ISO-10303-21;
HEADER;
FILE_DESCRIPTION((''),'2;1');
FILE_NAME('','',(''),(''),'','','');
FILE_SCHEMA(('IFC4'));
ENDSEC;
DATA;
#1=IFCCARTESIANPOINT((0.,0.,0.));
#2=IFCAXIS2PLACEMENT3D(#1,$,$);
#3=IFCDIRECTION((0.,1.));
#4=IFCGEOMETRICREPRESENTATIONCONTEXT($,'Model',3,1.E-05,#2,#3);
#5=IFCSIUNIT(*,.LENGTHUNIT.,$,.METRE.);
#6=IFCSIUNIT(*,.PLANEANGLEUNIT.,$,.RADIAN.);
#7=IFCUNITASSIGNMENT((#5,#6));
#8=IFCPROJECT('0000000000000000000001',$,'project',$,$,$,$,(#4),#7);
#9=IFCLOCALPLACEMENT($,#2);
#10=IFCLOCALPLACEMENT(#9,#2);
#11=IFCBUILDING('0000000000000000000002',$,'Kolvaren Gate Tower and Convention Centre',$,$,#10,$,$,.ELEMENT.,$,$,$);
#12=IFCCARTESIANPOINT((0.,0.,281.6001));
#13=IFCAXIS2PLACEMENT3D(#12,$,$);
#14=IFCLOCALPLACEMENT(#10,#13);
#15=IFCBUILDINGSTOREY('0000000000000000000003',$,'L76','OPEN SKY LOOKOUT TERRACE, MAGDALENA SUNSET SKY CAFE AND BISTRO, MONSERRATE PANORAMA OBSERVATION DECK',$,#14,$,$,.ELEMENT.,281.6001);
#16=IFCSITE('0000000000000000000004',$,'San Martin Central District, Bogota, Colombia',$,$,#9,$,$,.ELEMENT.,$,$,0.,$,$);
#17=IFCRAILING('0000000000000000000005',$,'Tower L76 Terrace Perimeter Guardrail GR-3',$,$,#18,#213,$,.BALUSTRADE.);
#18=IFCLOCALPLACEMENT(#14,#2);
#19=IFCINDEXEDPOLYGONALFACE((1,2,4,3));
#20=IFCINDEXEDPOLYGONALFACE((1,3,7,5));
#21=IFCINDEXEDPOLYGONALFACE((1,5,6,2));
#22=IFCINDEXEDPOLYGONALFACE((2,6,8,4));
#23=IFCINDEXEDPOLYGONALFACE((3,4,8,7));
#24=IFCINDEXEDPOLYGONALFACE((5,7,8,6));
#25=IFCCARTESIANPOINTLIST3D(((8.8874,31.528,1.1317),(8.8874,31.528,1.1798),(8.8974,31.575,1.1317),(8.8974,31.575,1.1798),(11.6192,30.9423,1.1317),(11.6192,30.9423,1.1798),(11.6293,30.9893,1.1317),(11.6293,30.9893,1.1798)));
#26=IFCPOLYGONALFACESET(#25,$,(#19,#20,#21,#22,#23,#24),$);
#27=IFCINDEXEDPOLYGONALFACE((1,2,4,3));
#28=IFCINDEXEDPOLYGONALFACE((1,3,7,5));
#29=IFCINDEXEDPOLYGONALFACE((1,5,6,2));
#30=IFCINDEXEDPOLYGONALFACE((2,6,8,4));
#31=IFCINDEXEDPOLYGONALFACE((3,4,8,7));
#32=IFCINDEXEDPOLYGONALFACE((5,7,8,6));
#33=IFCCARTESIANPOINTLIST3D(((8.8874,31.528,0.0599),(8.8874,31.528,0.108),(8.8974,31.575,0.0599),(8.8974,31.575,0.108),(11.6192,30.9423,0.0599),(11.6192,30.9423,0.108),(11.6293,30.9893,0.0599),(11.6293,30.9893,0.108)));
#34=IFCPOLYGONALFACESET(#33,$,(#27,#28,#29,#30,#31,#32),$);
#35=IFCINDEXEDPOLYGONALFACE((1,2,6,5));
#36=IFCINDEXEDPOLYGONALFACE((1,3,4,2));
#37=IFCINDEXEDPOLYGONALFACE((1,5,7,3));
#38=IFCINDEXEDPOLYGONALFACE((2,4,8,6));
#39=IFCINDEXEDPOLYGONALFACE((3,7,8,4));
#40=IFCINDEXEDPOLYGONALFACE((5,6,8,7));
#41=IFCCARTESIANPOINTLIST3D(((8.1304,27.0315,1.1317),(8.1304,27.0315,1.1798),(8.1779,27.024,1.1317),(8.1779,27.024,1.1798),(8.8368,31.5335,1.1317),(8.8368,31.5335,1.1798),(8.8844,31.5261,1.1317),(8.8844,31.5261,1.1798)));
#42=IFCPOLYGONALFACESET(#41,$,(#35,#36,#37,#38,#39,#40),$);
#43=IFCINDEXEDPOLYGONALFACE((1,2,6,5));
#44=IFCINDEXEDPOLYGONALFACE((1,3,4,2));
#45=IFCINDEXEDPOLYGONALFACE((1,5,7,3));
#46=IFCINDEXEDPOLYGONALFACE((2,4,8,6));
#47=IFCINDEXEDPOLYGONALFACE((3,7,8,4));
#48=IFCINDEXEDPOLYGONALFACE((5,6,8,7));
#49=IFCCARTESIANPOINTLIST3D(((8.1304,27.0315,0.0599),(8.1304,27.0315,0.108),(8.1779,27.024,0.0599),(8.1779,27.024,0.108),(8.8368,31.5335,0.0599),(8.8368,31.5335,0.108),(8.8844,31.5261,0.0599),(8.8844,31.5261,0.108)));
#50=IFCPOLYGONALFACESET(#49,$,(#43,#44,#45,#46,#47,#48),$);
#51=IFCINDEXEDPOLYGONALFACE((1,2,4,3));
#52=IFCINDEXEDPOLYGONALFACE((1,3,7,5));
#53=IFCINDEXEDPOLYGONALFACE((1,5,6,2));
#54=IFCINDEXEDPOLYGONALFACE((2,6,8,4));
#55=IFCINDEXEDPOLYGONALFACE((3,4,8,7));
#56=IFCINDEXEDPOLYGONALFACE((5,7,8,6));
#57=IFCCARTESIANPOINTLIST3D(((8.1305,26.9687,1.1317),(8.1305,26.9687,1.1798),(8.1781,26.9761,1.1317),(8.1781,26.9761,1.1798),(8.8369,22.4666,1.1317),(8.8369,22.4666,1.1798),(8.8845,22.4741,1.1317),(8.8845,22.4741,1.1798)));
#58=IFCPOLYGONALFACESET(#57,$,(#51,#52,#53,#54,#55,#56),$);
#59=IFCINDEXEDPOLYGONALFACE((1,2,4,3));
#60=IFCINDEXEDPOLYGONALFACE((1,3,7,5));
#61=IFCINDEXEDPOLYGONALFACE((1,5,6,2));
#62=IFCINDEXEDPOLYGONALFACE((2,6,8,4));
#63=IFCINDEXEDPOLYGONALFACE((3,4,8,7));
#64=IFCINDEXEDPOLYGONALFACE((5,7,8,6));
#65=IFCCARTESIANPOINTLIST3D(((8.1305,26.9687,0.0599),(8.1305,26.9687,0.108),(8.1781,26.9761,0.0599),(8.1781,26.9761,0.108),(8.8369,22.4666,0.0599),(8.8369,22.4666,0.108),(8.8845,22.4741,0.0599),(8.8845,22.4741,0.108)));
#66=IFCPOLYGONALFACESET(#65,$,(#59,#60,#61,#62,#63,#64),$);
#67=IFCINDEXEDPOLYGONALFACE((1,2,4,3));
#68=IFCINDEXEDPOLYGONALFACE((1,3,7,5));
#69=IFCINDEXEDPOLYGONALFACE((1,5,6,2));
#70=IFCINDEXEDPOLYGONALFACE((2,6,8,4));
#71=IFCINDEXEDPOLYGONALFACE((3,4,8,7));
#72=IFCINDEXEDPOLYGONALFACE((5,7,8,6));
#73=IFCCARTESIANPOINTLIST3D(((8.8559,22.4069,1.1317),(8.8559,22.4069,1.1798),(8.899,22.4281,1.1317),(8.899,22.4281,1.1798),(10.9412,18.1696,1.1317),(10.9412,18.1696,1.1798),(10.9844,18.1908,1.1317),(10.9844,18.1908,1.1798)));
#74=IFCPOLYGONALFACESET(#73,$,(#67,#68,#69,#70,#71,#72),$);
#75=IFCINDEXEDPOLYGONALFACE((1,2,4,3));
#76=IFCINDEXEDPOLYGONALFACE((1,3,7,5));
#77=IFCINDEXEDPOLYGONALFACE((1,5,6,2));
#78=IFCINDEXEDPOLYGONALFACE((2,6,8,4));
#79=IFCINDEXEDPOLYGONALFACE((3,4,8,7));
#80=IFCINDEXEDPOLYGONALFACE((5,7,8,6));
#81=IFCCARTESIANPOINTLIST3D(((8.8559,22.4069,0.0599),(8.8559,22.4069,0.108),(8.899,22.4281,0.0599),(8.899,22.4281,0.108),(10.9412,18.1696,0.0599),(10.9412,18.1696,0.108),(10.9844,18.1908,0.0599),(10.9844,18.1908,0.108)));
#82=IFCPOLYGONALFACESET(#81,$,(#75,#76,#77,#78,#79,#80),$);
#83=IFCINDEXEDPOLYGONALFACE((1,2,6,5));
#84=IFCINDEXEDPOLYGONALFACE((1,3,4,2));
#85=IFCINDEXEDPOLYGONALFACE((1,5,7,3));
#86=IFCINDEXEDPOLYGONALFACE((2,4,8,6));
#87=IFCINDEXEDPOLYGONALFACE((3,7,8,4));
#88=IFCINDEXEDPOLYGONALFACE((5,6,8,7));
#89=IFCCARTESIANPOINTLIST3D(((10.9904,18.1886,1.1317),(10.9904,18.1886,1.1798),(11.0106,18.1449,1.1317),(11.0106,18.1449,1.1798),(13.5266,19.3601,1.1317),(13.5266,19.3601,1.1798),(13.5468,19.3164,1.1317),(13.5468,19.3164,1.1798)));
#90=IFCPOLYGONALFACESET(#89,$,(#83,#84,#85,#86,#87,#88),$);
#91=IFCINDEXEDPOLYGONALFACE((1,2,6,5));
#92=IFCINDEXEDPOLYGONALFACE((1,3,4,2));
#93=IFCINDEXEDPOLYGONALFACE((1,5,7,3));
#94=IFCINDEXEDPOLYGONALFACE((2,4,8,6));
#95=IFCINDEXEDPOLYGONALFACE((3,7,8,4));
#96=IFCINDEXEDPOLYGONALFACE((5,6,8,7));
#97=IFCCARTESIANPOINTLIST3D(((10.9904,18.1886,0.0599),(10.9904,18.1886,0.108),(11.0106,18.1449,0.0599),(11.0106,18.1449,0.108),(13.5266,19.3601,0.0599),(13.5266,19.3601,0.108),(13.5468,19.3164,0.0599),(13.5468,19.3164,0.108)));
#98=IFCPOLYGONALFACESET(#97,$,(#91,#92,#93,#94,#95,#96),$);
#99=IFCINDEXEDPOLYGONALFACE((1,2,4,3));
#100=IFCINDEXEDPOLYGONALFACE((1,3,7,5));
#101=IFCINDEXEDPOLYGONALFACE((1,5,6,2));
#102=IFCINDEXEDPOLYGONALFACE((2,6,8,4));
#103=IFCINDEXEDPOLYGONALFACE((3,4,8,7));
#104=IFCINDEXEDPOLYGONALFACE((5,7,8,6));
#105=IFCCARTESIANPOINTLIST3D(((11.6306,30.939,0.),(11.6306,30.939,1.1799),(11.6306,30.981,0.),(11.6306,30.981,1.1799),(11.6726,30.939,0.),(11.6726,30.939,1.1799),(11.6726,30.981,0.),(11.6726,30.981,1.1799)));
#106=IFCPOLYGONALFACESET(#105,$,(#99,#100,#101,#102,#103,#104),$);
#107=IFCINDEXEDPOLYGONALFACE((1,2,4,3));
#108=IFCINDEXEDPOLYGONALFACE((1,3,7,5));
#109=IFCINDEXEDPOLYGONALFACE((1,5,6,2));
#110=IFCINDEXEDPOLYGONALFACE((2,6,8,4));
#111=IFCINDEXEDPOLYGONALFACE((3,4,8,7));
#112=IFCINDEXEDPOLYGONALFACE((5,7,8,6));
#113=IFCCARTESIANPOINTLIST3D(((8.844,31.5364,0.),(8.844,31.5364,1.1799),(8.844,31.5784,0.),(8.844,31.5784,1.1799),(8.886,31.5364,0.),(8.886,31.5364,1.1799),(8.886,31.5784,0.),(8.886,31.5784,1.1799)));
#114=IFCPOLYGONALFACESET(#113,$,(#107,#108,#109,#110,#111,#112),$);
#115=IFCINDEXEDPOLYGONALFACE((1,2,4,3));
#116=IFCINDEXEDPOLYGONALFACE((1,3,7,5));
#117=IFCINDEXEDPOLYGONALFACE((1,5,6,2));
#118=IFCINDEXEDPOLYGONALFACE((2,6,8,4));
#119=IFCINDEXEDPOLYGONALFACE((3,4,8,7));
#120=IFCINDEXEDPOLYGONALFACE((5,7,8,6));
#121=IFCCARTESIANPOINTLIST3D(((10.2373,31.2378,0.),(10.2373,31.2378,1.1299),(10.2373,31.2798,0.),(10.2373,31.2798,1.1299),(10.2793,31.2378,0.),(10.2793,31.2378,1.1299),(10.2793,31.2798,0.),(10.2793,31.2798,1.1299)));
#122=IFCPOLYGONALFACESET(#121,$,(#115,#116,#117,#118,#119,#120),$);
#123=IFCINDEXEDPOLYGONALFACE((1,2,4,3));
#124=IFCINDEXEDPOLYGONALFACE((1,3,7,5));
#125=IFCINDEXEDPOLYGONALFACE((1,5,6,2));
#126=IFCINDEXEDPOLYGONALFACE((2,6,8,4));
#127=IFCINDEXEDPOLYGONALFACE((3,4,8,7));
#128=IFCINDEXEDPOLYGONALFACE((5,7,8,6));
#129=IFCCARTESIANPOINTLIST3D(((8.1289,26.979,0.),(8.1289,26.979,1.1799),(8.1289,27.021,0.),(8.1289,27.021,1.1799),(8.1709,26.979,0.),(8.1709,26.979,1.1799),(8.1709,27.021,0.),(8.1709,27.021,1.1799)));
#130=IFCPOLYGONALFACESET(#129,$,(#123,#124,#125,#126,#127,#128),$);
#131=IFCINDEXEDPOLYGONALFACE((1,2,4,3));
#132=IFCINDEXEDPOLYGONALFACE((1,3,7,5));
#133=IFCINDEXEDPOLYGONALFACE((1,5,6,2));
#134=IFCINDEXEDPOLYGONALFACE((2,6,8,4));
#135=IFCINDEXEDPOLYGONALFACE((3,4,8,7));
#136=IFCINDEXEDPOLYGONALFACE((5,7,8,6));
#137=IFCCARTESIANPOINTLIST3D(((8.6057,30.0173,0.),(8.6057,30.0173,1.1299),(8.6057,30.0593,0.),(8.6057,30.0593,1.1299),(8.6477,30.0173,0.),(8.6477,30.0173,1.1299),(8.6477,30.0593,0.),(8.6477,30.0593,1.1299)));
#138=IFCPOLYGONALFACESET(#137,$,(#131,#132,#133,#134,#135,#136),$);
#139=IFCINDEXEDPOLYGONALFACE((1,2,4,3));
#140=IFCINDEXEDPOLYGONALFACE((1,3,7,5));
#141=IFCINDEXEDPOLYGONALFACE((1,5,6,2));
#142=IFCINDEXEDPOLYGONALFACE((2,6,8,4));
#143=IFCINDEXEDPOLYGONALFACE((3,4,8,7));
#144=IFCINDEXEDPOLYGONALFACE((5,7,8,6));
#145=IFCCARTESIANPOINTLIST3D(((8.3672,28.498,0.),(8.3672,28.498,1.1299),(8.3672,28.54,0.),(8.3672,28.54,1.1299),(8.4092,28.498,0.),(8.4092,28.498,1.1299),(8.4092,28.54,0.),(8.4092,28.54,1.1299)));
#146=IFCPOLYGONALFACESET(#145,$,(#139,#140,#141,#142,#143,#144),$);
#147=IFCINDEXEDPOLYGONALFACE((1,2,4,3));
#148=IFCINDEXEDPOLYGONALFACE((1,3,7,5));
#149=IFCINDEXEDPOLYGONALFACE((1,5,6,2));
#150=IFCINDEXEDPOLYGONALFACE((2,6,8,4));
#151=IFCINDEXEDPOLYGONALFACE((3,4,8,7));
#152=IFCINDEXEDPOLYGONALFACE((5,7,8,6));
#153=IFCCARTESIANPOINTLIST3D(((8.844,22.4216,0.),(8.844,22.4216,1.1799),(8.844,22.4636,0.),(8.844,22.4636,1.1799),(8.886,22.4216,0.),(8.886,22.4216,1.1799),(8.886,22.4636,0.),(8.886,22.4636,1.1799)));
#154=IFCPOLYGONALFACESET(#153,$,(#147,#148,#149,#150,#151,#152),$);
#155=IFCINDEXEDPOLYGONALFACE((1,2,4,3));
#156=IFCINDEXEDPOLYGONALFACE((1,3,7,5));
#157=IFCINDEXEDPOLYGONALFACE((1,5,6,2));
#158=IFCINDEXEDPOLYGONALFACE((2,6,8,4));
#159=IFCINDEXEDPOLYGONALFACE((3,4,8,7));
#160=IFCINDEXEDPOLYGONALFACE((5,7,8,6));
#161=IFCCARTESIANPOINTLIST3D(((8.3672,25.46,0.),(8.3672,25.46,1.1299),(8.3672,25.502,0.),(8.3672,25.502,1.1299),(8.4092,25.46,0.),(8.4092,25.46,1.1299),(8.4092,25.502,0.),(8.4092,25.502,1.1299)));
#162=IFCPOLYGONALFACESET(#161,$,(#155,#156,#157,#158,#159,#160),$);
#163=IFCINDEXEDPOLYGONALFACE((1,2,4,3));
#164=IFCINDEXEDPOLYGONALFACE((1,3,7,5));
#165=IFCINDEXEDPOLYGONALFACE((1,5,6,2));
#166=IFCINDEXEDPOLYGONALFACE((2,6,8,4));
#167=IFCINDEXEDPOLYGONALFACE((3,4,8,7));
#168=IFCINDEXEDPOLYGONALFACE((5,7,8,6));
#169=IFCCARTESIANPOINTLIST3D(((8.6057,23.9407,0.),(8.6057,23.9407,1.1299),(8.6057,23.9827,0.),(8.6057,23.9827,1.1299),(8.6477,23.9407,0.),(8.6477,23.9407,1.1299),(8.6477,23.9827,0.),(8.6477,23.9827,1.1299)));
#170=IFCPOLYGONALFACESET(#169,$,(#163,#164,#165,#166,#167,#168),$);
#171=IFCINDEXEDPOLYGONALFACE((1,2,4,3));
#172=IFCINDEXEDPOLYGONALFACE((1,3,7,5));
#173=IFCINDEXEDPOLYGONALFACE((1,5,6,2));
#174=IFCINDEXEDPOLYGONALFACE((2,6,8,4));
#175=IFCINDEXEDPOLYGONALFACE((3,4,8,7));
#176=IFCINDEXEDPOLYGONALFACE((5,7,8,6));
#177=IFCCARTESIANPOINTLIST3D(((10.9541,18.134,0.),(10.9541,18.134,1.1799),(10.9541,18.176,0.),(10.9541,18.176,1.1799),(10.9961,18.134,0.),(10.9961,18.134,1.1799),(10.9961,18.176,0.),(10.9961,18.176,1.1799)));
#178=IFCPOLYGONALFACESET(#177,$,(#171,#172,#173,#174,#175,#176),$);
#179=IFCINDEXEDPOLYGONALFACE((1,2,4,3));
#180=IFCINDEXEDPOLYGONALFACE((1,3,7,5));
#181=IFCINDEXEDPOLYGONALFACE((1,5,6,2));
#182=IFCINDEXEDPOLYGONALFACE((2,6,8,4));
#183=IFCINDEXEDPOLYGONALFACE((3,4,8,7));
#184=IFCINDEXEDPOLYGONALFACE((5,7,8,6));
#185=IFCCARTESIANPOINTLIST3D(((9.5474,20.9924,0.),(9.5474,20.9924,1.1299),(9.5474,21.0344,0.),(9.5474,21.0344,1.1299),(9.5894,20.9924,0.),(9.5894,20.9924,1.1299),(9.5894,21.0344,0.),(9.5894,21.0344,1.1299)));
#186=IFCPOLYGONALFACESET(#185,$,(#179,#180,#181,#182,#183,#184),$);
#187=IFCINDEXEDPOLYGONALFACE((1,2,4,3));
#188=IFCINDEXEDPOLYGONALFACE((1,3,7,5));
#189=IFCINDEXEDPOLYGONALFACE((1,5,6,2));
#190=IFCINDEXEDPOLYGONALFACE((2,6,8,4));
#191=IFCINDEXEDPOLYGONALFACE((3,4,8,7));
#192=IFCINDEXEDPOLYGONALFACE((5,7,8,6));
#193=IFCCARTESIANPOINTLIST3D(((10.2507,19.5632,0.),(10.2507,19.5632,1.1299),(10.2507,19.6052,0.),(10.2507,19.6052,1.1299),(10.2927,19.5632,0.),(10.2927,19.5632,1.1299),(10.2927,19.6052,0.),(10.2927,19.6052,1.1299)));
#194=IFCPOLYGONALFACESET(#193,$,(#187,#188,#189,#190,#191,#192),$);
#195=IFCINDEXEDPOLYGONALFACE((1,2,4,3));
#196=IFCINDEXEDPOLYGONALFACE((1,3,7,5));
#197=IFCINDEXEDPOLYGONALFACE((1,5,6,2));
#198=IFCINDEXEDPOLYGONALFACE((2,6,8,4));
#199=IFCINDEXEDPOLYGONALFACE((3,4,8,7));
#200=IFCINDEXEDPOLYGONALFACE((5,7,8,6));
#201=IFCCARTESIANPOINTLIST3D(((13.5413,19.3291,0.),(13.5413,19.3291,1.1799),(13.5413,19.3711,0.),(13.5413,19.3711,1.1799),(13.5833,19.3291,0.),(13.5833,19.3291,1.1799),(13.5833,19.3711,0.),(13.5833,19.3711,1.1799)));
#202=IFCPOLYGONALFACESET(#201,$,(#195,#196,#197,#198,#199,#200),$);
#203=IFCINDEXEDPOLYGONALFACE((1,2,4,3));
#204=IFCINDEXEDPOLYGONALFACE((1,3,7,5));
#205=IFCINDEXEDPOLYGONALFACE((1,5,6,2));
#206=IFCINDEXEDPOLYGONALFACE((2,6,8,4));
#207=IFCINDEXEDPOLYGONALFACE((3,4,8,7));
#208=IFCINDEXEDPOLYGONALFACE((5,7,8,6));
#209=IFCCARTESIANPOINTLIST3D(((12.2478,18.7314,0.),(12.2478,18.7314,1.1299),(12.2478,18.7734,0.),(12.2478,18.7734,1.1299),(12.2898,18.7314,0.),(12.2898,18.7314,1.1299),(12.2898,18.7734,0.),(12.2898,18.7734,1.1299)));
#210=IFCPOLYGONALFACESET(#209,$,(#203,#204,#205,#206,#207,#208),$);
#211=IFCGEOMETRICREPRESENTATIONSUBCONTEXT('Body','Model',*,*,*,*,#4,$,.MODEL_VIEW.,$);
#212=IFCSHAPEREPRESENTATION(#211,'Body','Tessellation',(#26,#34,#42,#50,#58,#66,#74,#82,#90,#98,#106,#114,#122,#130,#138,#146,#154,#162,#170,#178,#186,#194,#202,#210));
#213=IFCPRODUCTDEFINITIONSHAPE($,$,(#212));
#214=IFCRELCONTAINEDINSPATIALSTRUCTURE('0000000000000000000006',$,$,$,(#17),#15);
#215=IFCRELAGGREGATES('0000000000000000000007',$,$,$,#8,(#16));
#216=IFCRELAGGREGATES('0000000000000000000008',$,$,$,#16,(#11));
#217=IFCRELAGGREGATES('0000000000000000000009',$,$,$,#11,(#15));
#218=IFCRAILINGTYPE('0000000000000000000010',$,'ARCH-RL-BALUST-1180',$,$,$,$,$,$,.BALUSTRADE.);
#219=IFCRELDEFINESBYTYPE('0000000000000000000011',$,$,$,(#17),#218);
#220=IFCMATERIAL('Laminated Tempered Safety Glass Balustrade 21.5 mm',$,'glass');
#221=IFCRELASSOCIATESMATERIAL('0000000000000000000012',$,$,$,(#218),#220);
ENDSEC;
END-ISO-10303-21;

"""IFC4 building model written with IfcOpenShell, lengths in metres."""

from ifc_helpers import new_model, si_unit, direction, frame, origin, origin_2d, place, context, subcontext, project, spatial, rectangle, extrude, material, type_object, element, save


model = new_model("IFC4")

# Units and contexts
model_context = context("Model", 3, precision=1e-05, world=origin(), true_north=direction((0.0, 1.0)))
body_context = subcontext(model_context, "Body", "Model", "MODEL_VIEW")
ifc_project = project(units=[si_unit("LENGTHUNIT", "METRE"), si_unit("PLANEANGLEUNIT", "RADIAN")], contexts=[model_context])

# Site, building, storey
site_placement = place(None, origin())
site = spatial("IfcSite", under=ifc_project, at=site_placement, Name="San Martin Central District, Bogota, Colombia", CompositionType="ELEMENT", RefElevation=0.0)
building_placement = place(site_placement, origin())
building = spatial("IfcBuilding", under=site, at=building_placement, Name="Kolvaren Gate Tower and Convention Centre", CompositionType="ELEMENT")
storey_placement = place(building_placement, frame((0.0, 0.0, 281.6001)))
storey = spatial("IfcBuildingStorey", under=building, at=storey_placement, Name="L76", Description="OPEN SKY LOOKOUT TERRACE, MAGDALENA SUNSET SKY CAFE AND BISTRO, MONSERRATE PANORAMA OBSERVATION DECK", CompositionType="ELEMENT", Elevation=281.6001)

# Railing
ifc_material_1 = material(Name="Laminated Tempered Safety Glass Balustrade 21.5 mm", Category="glass")
railing_type = type_object("IfcRailingType", Name="ARCH-RL-BALUST-1180", PredefinedType="BALUSTRADE", material=ifc_material_1)
railing_placement = place(storey_placement, frame((11.6516, 30.96, 0.0)))
element("IfcRailing", 1, at=railing_placement, inside=storey, type_object=railing_type, Name="Tower L76 Terrace Perimeter Guardrail GR-3", PredefinedType="BALUSTRADE", context=body_context, shape_type="SweptSolid", body=[
    extrude(rectangle(XDim=0.0481, YDim=0.0481, at=origin_2d()), frame((-0.0273, 0.0059, 1.1558), z_axis=(-0.977782, 0.209623, 0.0), x_axis=(-0.209623, -0.977782, 0.0)), (0.0, 0.0, 1.0), 2.7939),
    extrude(rectangle(XDim=0.0481, YDim=0.0481, at=origin_2d()), frame((-0.0273, 0.0059, 0.084), z_axis=(-0.977782, 0.209623, 0.0), x_axis=(-0.209623, -0.977782, 0.0)), (0.0, 0.0, 1.0), 2.7939),
    extrude(rectangle(XDim=0.0481, YDim=0.0481, at=origin_2d()), frame((-2.791, 0.5698, 1.1558), z_axis=(-0.155011, -0.987913, 0.0), x_axis=(0.987913, -0.155011, 0.0)), (0.0, 0.0, 1.0), 4.5571),
    extrude(rectangle(XDim=0.0481, YDim=0.0481, at=origin_2d()), frame((-2.791, 0.5698, 0.084), z_axis=(-0.155011, -0.987913, 0.0), x_axis=(0.987913, -0.155011, 0.0)), (0.0, 0.0, 1.0), 4.5571),
    extrude(rectangle(XDim=0.0481, YDim=0.0481, at=origin_2d()), frame((-3.4973, -3.9875, 1.1558), z_axis=(0.155011, -0.987913, 0.0), x_axis=(0.987913, 0.155011, 0.0)), (0.0, 0.0, 1.0), 4.5571),
    extrude(rectangle(XDim=0.0481, YDim=0.0481, at=origin_2d()), frame((-3.4973, -3.9875, 0.084), z_axis=(0.155011, -0.987913, 0.0), x_axis=(0.987913, 0.155011, 0.0)), (0.0, 0.0, 1.0), 4.5571),
    extrude(rectangle(XDim=0.0481, YDim=0.0481, at=origin_2d()), frame((-2.7742, -8.5425, 1.1558), z_axis=(0.441564, -0.89723, 0.0), x_axis=(0.89723, 0.441564, 0.0)), (0.0, 0.0, 1.0), 4.7227),
    extrude(rectangle(XDim=0.0481, YDim=0.0481, at=origin_2d()), frame((-2.7742, -8.5425, 0.084), z_axis=(0.441564, -0.89723, 0.0), x_axis=(0.89723, 0.441564, 0.0)), (0.0, 0.0, 1.0), 4.7227),
    extrude(rectangle(XDim=0.0481, YDim=0.0481, at=origin_2d()), frame((-0.6511, -12.7932, 1.1558), z_axis=(0.907826, 0.419346, 0.0), x_axis=(-0.419346, 0.907826, 0.0)), (0.0, 0.0, 1.0), 2.7937),
    extrude(rectangle(XDim=0.0481, YDim=0.0481, at=origin_2d()), frame((-0.6511, -12.7932, 0.084), z_axis=(0.907826, 0.419346, 0.0), x_axis=(-0.419346, 0.907826, 0.0)), (0.0, 0.0, 1.0), 2.7937),
    extrude(rectangle(XDim=0.042, YDim=0.042, at=origin_2d()), origin(), (0.0, 0.0, 1.0), 1.1799),
    extrude(rectangle(XDim=0.042, YDim=0.042, at=origin_2d()), frame((-2.7866, 0.5974, 0.0)), (0.0, 0.0, 1.0), 1.1799),
    extrude(rectangle(XDim=0.042, YDim=0.042, at=origin_2d()), frame((-1.3933, 0.2988, 0.0)), (0.0, 0.0, 1.0), 1.1299),
    extrude(rectangle(XDim=0.042, YDim=0.042, at=origin_2d()), frame((-3.5017, -3.96, 0.0)), (0.0, 0.0, 1.0), 1.1799),
    extrude(rectangle(XDim=0.042, YDim=0.042, at=origin_2d()), frame((-3.0249, -0.9216, 0.0)), (0.0, 0.0, 1.0), 1.1299),
    extrude(rectangle(XDim=0.042, YDim=0.042, at=origin_2d()), frame((-3.2634, -2.4409, 0.0)), (0.0, 0.0, 1.0), 1.1299),
    extrude(rectangle(XDim=0.042, YDim=0.042, at=origin_2d()), frame((-2.7866, -8.5173, 0.0)), (0.0, 0.0, 1.0), 1.1799),
    extrude(rectangle(XDim=0.042, YDim=0.042, at=origin_2d()), frame((-3.2634, -5.479, 0.0)), (0.0, 0.0, 1.0), 1.1299),
    extrude(rectangle(XDim=0.042, YDim=0.042, at=origin_2d()), frame((-3.0249, -6.9983, 0.0)), (0.0, 0.0, 1.0), 1.1299),
    extrude(rectangle(XDim=0.042, YDim=0.042, at=origin_2d()), frame((-0.6765, -12.8049, 0.0)), (0.0, 0.0, 1.0), 1.1799),
    extrude(rectangle(XDim=0.042, YDim=0.042, at=origin_2d()), frame((-2.0833, -9.9465, 0.0)), (0.0, 0.0, 1.0), 1.1299),
    extrude(rectangle(XDim=0.042, YDim=0.042, at=origin_2d()), frame((-1.3799, -11.3757, 0.0)), (0.0, 0.0, 1.0), 1.1299),
    extrude(rectangle(XDim=0.042, YDim=0.042, at=origin_2d()), frame((1.9106, -11.6099, 0.0)), (0.0, 0.0, 1.0), 1.1799),
    extrude(rectangle(XDim=0.042, YDim=0.042, at=origin_2d()), frame((0.6172, -12.2075, 0.0)), (0.0, 0.0, 1.0), 1.1299),
])

save(model, "model.ifc")
